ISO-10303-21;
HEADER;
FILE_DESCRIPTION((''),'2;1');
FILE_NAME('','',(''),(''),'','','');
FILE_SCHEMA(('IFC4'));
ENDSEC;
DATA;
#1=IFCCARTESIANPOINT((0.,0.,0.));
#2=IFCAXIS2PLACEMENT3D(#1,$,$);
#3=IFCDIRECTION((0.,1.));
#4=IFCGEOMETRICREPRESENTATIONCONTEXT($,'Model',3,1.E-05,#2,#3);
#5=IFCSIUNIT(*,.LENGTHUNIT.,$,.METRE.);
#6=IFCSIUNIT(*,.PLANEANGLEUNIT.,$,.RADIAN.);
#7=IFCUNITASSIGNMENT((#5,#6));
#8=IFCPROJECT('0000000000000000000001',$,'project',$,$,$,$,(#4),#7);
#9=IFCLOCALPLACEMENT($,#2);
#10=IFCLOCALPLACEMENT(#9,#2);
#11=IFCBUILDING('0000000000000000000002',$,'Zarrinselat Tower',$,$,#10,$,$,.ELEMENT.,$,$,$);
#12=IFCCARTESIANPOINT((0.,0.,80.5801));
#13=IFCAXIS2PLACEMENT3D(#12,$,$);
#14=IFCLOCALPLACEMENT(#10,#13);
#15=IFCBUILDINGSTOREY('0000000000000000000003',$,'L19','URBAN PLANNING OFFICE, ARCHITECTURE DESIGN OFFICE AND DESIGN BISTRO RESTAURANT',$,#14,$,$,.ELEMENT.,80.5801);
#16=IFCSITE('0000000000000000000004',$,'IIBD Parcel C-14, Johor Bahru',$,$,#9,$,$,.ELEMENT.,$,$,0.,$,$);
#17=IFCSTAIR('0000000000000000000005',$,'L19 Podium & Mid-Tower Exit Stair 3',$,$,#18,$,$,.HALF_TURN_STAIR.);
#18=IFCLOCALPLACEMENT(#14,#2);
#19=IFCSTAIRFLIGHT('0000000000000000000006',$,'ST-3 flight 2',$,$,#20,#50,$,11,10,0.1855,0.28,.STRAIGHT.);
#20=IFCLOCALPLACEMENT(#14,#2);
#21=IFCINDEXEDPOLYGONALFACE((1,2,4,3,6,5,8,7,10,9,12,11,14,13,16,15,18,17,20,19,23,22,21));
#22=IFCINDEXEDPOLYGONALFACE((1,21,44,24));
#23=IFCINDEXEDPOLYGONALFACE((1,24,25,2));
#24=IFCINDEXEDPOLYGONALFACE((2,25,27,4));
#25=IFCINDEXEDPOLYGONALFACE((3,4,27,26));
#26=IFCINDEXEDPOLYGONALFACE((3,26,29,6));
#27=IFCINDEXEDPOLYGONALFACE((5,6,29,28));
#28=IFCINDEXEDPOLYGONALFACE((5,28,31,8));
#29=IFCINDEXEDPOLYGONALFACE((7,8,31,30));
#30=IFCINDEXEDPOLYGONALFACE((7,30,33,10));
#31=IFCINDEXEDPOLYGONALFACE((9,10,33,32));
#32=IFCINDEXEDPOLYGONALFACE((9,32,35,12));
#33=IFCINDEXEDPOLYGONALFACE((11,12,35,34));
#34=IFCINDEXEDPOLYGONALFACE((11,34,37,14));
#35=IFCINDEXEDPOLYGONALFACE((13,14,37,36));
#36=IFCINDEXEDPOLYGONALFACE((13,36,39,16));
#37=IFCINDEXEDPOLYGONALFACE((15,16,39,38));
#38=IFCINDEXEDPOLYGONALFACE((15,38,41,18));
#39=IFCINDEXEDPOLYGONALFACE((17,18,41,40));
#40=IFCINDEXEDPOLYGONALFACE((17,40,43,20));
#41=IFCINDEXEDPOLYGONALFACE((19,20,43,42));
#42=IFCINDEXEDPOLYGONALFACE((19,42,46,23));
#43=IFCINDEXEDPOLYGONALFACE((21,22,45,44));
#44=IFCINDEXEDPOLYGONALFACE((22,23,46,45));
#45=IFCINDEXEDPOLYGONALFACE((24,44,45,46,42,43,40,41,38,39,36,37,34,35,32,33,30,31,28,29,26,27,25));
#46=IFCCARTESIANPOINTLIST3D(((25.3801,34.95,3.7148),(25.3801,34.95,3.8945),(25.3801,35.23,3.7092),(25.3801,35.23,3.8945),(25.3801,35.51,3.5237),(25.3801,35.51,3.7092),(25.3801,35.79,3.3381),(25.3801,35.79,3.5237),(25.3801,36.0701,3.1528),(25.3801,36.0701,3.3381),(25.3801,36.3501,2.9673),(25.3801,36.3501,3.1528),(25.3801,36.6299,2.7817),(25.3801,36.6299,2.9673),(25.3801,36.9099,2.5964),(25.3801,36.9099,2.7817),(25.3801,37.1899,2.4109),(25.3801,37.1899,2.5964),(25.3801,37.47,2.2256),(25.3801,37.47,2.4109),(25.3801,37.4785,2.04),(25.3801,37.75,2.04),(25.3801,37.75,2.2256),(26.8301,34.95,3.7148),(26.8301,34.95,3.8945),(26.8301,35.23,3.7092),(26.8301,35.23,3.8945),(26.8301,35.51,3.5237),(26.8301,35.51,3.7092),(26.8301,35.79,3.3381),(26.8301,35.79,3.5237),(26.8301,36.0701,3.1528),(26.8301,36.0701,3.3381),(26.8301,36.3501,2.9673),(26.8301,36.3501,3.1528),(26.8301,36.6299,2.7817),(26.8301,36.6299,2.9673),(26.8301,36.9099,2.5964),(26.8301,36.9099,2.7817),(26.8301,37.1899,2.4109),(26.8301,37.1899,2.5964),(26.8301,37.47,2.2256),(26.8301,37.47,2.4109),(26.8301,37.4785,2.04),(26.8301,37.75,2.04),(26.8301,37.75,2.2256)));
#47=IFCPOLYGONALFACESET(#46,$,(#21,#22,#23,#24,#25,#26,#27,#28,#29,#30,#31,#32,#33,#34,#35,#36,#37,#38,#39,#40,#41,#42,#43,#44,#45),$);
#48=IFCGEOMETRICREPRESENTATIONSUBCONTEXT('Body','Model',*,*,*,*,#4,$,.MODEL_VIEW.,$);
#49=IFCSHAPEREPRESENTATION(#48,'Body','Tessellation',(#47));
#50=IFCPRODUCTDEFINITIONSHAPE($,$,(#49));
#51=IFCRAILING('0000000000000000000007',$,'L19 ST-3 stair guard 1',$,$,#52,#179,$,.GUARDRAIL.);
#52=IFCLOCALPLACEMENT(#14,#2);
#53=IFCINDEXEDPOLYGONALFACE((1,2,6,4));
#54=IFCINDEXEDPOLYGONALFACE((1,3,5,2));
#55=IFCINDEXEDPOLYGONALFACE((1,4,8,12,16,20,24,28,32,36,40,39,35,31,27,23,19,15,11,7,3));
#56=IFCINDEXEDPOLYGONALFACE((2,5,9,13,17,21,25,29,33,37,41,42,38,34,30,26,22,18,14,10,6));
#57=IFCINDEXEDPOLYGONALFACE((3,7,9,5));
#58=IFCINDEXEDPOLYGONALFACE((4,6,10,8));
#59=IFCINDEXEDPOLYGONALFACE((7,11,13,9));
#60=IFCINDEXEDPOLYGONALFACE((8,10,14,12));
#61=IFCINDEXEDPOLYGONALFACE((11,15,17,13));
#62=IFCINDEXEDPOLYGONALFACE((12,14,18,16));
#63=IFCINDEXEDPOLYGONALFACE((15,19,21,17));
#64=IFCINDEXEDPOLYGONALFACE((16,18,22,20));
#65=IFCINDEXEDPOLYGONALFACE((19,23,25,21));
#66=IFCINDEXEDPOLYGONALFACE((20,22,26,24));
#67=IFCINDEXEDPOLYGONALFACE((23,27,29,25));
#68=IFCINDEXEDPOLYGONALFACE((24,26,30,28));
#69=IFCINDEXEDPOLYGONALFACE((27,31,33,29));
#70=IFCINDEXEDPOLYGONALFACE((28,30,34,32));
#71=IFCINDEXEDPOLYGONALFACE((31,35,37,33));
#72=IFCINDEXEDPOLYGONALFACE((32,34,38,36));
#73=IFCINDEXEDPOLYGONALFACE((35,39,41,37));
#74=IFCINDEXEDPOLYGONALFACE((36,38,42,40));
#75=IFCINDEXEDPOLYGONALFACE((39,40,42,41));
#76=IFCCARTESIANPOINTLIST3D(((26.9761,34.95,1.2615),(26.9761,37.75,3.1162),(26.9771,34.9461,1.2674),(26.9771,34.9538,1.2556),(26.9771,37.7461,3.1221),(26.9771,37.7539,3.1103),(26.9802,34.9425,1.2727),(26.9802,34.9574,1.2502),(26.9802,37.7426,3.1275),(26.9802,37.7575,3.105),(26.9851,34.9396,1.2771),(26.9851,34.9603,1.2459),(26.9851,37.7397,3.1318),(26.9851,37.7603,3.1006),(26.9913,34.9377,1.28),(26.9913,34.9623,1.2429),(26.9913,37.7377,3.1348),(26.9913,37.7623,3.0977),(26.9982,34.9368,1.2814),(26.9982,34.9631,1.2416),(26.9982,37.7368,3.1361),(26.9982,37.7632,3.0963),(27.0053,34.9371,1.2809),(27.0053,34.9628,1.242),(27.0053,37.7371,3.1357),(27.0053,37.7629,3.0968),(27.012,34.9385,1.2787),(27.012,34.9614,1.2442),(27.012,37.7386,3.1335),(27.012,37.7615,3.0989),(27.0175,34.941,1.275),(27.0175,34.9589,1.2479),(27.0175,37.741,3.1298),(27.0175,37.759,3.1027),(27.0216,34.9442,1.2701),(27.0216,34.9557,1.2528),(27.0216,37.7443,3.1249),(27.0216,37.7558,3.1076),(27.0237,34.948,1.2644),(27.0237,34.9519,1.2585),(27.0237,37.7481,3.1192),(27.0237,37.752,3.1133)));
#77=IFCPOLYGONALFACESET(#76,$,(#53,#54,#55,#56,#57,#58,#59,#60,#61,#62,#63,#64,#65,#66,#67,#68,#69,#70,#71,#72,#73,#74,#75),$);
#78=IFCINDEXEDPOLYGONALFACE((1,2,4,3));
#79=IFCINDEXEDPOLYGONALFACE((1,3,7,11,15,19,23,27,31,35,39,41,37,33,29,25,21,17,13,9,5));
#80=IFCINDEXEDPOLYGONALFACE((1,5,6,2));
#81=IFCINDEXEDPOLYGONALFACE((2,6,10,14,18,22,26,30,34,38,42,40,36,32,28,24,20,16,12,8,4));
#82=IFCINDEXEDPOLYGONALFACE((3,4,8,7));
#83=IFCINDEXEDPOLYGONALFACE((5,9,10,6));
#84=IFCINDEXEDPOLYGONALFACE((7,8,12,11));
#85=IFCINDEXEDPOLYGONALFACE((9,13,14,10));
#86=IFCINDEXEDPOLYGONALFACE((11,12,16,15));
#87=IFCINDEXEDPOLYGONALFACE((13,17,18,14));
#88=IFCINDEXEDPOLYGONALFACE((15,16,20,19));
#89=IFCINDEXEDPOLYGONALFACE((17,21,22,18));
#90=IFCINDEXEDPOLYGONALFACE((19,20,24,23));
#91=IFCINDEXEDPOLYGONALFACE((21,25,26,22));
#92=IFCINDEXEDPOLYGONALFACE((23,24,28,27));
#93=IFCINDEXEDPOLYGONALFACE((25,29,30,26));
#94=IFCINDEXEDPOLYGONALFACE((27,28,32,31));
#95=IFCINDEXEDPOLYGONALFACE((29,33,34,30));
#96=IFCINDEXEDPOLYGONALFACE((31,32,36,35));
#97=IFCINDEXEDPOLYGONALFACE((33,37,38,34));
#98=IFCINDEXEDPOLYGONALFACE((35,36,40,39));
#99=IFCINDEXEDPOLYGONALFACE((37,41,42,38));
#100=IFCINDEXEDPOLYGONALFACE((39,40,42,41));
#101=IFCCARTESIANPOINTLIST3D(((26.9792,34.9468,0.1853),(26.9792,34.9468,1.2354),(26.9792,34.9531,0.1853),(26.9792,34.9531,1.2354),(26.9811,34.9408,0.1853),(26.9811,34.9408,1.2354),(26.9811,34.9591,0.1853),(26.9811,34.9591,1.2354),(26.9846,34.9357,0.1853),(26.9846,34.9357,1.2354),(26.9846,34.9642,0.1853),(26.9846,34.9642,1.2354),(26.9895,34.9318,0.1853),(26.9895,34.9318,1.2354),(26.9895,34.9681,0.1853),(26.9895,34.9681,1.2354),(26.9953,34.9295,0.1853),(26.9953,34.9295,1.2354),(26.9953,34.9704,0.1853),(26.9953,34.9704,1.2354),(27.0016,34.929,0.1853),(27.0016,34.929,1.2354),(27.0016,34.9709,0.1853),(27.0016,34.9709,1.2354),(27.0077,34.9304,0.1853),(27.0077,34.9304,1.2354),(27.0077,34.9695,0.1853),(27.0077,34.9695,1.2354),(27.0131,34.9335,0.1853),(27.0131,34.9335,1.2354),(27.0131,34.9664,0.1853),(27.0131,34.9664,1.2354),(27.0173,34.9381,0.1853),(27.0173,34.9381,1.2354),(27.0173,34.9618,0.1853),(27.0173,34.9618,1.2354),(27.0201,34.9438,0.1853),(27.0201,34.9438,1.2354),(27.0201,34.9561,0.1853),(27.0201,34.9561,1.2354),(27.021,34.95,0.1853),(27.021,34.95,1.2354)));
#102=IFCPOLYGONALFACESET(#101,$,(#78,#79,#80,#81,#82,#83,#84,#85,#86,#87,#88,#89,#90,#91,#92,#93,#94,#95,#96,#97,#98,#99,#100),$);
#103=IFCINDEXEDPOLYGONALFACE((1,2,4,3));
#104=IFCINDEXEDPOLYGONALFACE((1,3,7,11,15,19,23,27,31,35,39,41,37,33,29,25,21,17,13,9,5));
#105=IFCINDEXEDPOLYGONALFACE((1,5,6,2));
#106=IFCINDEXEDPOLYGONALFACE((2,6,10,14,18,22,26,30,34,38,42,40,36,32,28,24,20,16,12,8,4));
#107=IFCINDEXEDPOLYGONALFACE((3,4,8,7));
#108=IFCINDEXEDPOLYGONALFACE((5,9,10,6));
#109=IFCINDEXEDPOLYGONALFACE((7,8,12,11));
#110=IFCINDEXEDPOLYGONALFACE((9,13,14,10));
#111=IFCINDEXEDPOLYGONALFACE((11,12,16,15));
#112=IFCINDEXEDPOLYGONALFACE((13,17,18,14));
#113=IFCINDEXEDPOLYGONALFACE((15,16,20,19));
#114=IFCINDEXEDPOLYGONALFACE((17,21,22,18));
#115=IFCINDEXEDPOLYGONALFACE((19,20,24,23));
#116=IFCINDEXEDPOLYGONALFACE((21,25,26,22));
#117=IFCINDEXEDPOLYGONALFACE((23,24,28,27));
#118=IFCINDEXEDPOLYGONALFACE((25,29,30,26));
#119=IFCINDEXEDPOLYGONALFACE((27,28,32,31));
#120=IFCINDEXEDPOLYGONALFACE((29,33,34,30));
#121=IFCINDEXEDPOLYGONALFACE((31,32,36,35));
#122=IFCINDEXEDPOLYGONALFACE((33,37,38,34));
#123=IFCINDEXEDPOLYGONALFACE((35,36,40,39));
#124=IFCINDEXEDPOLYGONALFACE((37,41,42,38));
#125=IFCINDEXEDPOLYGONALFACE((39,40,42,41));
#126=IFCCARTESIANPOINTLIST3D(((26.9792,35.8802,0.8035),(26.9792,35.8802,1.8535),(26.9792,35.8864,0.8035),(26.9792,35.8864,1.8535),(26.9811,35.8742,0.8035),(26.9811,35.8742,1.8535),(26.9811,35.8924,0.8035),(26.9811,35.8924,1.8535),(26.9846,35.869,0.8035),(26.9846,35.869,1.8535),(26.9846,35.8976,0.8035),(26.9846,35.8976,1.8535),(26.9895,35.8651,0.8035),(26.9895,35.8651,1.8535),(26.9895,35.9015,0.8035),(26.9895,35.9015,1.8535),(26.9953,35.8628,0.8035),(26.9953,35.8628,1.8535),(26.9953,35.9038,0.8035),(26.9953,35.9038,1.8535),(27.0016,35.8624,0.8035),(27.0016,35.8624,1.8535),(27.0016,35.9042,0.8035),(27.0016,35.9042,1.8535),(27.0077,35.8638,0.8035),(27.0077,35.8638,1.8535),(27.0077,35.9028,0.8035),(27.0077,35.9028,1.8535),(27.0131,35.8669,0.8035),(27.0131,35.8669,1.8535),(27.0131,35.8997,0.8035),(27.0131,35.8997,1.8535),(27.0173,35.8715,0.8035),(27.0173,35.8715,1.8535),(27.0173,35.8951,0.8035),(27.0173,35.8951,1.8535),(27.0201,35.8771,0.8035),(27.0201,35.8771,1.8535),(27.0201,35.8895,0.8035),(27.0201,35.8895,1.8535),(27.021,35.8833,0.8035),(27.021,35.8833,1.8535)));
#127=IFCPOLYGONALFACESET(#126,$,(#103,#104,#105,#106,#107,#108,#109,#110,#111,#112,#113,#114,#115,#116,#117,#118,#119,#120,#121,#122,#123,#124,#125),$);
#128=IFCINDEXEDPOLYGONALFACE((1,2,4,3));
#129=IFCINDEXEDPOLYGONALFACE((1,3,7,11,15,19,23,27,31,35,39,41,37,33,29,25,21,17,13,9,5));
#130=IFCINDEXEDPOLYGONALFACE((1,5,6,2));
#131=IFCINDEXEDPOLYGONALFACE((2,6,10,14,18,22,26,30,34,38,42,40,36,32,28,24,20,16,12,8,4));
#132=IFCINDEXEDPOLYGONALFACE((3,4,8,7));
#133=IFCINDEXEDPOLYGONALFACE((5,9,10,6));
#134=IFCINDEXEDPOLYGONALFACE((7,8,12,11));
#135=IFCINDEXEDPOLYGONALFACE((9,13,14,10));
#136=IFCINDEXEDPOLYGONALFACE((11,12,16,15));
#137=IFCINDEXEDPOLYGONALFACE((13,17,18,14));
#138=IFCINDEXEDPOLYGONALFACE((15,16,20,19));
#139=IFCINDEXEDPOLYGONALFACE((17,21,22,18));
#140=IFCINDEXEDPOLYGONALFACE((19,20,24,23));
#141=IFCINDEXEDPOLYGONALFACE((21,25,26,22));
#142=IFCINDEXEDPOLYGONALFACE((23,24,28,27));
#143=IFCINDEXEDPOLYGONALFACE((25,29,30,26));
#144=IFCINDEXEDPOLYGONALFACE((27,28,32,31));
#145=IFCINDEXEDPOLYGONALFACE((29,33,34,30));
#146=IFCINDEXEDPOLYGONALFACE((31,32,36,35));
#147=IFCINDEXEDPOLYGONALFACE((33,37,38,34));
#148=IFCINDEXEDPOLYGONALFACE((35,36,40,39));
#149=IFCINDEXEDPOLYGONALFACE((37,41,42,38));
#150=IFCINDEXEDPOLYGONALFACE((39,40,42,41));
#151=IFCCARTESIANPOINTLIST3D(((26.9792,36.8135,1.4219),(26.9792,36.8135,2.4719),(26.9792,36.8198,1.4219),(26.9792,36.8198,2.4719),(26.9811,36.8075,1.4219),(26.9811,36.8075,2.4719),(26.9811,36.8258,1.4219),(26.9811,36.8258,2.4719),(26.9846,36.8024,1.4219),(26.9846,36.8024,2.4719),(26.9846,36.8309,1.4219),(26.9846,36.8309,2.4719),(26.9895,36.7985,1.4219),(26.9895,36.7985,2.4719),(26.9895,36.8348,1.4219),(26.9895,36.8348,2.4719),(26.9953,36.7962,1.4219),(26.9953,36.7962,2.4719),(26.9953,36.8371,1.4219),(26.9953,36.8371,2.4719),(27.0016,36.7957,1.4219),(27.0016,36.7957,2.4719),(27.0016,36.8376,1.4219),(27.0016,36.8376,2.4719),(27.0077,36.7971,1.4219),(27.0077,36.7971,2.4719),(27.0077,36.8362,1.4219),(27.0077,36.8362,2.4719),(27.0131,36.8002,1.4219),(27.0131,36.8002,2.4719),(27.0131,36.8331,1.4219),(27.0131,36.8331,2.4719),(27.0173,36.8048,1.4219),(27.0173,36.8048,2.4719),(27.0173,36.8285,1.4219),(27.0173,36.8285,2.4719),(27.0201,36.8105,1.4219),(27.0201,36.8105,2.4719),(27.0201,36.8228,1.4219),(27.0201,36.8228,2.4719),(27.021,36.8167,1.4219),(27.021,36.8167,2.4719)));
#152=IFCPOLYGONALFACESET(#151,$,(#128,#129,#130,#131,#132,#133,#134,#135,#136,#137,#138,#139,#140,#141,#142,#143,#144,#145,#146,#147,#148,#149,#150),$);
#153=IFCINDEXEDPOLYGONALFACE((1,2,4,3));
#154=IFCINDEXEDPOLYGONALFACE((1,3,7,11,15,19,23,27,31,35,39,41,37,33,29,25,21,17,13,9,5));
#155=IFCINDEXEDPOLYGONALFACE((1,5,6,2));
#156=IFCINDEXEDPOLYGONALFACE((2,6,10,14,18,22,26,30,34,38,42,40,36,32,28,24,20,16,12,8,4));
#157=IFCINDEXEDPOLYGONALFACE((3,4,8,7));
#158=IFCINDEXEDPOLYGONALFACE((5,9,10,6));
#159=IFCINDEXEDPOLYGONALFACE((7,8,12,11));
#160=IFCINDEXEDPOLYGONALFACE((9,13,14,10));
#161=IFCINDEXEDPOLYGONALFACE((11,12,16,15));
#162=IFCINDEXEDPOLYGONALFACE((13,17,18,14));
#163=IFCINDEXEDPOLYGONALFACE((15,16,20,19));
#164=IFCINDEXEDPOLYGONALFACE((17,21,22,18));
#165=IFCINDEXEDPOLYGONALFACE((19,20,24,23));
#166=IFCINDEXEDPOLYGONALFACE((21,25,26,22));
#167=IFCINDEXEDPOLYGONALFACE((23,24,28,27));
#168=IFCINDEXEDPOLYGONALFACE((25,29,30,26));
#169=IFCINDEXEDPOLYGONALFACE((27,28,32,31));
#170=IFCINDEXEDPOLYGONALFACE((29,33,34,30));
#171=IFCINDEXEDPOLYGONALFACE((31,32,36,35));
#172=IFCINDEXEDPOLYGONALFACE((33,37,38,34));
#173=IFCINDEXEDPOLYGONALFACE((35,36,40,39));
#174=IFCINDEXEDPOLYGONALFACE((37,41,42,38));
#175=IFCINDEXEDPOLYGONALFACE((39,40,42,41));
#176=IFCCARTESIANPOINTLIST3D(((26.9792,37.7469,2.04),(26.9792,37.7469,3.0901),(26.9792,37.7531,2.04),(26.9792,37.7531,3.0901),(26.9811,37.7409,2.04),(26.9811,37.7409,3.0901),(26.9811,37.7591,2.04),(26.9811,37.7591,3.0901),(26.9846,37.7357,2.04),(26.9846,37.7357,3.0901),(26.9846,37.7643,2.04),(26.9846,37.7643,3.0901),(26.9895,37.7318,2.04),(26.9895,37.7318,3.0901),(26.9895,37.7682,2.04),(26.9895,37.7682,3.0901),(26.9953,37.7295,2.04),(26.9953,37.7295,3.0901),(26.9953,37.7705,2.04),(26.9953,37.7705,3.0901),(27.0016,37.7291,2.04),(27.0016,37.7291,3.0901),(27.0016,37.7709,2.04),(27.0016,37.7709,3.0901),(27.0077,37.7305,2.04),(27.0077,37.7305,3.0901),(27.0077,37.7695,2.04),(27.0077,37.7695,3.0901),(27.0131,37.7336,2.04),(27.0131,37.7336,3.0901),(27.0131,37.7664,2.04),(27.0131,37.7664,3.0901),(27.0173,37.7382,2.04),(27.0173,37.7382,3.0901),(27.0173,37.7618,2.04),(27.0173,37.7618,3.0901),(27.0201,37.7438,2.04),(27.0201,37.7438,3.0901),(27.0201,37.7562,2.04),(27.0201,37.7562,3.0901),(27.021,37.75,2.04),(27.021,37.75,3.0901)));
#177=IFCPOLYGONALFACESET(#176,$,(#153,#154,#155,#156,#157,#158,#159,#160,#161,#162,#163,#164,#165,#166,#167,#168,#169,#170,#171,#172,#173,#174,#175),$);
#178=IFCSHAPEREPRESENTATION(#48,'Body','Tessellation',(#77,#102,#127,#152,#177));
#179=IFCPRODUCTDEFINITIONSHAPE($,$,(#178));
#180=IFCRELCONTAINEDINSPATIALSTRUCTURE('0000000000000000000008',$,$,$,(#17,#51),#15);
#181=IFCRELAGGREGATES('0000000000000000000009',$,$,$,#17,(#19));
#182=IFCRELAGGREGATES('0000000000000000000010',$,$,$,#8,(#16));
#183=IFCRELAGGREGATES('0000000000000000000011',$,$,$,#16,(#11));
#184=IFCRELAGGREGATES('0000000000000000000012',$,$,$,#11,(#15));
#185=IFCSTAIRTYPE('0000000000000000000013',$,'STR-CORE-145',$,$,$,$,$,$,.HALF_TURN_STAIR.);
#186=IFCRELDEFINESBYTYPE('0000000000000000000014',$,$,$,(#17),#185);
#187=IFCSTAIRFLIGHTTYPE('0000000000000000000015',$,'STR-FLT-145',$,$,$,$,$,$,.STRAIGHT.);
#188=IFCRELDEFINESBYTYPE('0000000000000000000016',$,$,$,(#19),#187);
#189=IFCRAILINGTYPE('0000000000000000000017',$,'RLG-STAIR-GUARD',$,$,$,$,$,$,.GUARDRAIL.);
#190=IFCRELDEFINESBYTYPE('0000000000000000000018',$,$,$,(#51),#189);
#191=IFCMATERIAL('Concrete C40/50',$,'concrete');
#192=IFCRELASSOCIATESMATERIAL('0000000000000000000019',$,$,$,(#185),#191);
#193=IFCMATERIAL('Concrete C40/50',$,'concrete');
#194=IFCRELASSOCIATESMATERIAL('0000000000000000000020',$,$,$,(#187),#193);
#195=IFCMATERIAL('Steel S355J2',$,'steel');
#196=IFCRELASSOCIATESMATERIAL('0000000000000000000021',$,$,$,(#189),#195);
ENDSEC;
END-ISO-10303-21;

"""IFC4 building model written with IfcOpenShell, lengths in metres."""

from ifc_helpers import new_model, si_unit, direction, frame, origin, origin_2d, place, context, subcontext, project, spatial, polyline, circle, outline, extrude, material, type_object, element, aggregate, save


model = new_model("IFC4")

# Units and contexts
model_context = context("Model", 3, precision=1e-05, world=origin(), true_north=direction((0.0, 1.0)))
body_context = subcontext(model_context, "Body", "Model", "MODEL_VIEW")
ifc_project = project(units=[si_unit("LENGTHUNIT", "METRE"), si_unit("PLANEANGLEUNIT", "RADIAN")], contexts=[model_context])

# Site, building, storey
site_placement = place(None, origin())
site = spatial("IfcSite", under=ifc_project, at=site_placement, Name="IIBD Parcel C-14, Johor Bahru", CompositionType="ELEMENT", RefElevation=0.0)
building_placement = place(site_placement, origin())
building = spatial("IfcBuilding", under=site, at=building_placement, Name="Zarrinselat Tower", CompositionType="ELEMENT")
storey_placement = place(building_placement, frame((0.0, 0.0, 80.5801)))
storey = spatial("IfcBuildingStorey", under=building, at=storey_placement, Name="L19", Description="URBAN PLANNING OFFICE, ARCHITECTURE DESIGN OFFICE AND DESIGN BISTRO RESTAURANT", CompositionType="ELEMENT", Elevation=80.5801)

# Stair, stair flight
ifc_material_1 = material(Name="Concrete C40/50", Category="concrete")
stair_type = type_object("IfcStairType", Name="STR-CORE-145", PredefinedType="HALF_TURN_STAIR", material=ifc_material_1)
stair_placement = place(storey_placement, origin())
stair = element("IfcStair", 1, at=stair_placement, inside=storey, type_object=stair_type, Name="L19 Podium & Mid-Tower Exit Stair 3", PredefinedType="HALF_TURN_STAIR")
ifc_material_2 = material(Name="Concrete C40/50", Category="concrete")
stair_flight_type = type_object("IfcStairFlightType", Name="STR-FLT-145", PredefinedType="STRAIGHT", material=ifc_material_2)
stair_flight_placement = place(storey_placement, frame((26.105, 37.75, 2.04), z_axis=(0.0, 0.0, 1.0), x_axis=(0.0, -1.0, 0.0)))
stair_flight = element("IfcStairFlight", 2, at=stair_flight_placement, type_object=stair_flight_type, Name="ST-3 flight 2", NumberOfRisers=11, NumberOfTreads=10, PredefinedType="STRAIGHT", RiserHeight=0.1855, TreadLength=0.28, context=body_context, shape_type="SweptSolid", body=[
    extrude(outline(polyline([(0.0, 0.0), (0.0, 0.1855), (0.28, 0.1855), (0.28, 0.3708), (0.5601, 0.3708), (0.5601, 0.5564), (0.8401, 0.5564), (0.8401, 0.7417), (1.1201, 0.7417), (1.1201, 0.9272), (1.3999, 0.9272), (1.3999, 1.1128), (1.6799, 1.1128), (1.6799, 1.2981), (1.96, 1.2981), (1.96, 1.4836), (2.24, 1.4836), (2.24, 1.6692), (2.52, 1.6692), (2.52, 1.8545), (2.8, 1.8545), (2.8, 2.04), (2.8, 1.6748), (0.2715, 0.0), (0.0, 0.0)])), frame((0.0, 0.7251, 0.0), z_axis=(0.0, -1.0, 0.0), x_axis=(1.0, 0.0, 0.0)), (0.0, 0.0, 1.0), 1.45),
])
aggregate(stair, [stair_flight])

# Railing
ifc_material_3 = material(Name="Steel S355J2", Category="steel")
railing_type_1 = type_object("IfcRailingType", Name="RLG-STAIR-GUARD", PredefinedType="GUARDRAIL", material=ifc_material_3)
railing_1_placement = place(storey_placement, frame((27.0, 34.95, 0.1853)))
element("IfcRailing", 3, at=railing_1_placement, inside=storey, type_object=railing_type_1, Name="L19 ST-3 stair guard 1", PredefinedType="GUARDRAIL", context=body_context, shape_type="SweptSolid", body=[
    extrude(circle(Radius=0.0239, at=origin_2d()), frame((0.0, 0.0, 1.0762), z_axis=(0.0, 0.833691, 0.552232), x_axis=(-1.0, 0.0, 0.0)), (0.0, 0.0, 1.0), 3.3586),
    extrude(circle(Radius=0.021, at=origin_2d()), origin(), (0.0, 0.0, 1.0), 1.05),
    extrude(circle(Radius=0.021, at=origin_2d()), frame((0.0, 0.9333, 0.6182)), (0.0, 0.0, 1.0), 1.05),
    extrude(circle(Radius=0.021, at=origin_2d()), frame((0.0, 1.8667, 1.2366)), (0.0, 0.0, 1.0), 1.05),
    extrude(circle(Radius=0.021, at=origin_2d()), frame((0.0, 2.8, 1.8547)), (0.0, 0.0, 1.0), 1.05),
])

save(model, "model.ifc")
